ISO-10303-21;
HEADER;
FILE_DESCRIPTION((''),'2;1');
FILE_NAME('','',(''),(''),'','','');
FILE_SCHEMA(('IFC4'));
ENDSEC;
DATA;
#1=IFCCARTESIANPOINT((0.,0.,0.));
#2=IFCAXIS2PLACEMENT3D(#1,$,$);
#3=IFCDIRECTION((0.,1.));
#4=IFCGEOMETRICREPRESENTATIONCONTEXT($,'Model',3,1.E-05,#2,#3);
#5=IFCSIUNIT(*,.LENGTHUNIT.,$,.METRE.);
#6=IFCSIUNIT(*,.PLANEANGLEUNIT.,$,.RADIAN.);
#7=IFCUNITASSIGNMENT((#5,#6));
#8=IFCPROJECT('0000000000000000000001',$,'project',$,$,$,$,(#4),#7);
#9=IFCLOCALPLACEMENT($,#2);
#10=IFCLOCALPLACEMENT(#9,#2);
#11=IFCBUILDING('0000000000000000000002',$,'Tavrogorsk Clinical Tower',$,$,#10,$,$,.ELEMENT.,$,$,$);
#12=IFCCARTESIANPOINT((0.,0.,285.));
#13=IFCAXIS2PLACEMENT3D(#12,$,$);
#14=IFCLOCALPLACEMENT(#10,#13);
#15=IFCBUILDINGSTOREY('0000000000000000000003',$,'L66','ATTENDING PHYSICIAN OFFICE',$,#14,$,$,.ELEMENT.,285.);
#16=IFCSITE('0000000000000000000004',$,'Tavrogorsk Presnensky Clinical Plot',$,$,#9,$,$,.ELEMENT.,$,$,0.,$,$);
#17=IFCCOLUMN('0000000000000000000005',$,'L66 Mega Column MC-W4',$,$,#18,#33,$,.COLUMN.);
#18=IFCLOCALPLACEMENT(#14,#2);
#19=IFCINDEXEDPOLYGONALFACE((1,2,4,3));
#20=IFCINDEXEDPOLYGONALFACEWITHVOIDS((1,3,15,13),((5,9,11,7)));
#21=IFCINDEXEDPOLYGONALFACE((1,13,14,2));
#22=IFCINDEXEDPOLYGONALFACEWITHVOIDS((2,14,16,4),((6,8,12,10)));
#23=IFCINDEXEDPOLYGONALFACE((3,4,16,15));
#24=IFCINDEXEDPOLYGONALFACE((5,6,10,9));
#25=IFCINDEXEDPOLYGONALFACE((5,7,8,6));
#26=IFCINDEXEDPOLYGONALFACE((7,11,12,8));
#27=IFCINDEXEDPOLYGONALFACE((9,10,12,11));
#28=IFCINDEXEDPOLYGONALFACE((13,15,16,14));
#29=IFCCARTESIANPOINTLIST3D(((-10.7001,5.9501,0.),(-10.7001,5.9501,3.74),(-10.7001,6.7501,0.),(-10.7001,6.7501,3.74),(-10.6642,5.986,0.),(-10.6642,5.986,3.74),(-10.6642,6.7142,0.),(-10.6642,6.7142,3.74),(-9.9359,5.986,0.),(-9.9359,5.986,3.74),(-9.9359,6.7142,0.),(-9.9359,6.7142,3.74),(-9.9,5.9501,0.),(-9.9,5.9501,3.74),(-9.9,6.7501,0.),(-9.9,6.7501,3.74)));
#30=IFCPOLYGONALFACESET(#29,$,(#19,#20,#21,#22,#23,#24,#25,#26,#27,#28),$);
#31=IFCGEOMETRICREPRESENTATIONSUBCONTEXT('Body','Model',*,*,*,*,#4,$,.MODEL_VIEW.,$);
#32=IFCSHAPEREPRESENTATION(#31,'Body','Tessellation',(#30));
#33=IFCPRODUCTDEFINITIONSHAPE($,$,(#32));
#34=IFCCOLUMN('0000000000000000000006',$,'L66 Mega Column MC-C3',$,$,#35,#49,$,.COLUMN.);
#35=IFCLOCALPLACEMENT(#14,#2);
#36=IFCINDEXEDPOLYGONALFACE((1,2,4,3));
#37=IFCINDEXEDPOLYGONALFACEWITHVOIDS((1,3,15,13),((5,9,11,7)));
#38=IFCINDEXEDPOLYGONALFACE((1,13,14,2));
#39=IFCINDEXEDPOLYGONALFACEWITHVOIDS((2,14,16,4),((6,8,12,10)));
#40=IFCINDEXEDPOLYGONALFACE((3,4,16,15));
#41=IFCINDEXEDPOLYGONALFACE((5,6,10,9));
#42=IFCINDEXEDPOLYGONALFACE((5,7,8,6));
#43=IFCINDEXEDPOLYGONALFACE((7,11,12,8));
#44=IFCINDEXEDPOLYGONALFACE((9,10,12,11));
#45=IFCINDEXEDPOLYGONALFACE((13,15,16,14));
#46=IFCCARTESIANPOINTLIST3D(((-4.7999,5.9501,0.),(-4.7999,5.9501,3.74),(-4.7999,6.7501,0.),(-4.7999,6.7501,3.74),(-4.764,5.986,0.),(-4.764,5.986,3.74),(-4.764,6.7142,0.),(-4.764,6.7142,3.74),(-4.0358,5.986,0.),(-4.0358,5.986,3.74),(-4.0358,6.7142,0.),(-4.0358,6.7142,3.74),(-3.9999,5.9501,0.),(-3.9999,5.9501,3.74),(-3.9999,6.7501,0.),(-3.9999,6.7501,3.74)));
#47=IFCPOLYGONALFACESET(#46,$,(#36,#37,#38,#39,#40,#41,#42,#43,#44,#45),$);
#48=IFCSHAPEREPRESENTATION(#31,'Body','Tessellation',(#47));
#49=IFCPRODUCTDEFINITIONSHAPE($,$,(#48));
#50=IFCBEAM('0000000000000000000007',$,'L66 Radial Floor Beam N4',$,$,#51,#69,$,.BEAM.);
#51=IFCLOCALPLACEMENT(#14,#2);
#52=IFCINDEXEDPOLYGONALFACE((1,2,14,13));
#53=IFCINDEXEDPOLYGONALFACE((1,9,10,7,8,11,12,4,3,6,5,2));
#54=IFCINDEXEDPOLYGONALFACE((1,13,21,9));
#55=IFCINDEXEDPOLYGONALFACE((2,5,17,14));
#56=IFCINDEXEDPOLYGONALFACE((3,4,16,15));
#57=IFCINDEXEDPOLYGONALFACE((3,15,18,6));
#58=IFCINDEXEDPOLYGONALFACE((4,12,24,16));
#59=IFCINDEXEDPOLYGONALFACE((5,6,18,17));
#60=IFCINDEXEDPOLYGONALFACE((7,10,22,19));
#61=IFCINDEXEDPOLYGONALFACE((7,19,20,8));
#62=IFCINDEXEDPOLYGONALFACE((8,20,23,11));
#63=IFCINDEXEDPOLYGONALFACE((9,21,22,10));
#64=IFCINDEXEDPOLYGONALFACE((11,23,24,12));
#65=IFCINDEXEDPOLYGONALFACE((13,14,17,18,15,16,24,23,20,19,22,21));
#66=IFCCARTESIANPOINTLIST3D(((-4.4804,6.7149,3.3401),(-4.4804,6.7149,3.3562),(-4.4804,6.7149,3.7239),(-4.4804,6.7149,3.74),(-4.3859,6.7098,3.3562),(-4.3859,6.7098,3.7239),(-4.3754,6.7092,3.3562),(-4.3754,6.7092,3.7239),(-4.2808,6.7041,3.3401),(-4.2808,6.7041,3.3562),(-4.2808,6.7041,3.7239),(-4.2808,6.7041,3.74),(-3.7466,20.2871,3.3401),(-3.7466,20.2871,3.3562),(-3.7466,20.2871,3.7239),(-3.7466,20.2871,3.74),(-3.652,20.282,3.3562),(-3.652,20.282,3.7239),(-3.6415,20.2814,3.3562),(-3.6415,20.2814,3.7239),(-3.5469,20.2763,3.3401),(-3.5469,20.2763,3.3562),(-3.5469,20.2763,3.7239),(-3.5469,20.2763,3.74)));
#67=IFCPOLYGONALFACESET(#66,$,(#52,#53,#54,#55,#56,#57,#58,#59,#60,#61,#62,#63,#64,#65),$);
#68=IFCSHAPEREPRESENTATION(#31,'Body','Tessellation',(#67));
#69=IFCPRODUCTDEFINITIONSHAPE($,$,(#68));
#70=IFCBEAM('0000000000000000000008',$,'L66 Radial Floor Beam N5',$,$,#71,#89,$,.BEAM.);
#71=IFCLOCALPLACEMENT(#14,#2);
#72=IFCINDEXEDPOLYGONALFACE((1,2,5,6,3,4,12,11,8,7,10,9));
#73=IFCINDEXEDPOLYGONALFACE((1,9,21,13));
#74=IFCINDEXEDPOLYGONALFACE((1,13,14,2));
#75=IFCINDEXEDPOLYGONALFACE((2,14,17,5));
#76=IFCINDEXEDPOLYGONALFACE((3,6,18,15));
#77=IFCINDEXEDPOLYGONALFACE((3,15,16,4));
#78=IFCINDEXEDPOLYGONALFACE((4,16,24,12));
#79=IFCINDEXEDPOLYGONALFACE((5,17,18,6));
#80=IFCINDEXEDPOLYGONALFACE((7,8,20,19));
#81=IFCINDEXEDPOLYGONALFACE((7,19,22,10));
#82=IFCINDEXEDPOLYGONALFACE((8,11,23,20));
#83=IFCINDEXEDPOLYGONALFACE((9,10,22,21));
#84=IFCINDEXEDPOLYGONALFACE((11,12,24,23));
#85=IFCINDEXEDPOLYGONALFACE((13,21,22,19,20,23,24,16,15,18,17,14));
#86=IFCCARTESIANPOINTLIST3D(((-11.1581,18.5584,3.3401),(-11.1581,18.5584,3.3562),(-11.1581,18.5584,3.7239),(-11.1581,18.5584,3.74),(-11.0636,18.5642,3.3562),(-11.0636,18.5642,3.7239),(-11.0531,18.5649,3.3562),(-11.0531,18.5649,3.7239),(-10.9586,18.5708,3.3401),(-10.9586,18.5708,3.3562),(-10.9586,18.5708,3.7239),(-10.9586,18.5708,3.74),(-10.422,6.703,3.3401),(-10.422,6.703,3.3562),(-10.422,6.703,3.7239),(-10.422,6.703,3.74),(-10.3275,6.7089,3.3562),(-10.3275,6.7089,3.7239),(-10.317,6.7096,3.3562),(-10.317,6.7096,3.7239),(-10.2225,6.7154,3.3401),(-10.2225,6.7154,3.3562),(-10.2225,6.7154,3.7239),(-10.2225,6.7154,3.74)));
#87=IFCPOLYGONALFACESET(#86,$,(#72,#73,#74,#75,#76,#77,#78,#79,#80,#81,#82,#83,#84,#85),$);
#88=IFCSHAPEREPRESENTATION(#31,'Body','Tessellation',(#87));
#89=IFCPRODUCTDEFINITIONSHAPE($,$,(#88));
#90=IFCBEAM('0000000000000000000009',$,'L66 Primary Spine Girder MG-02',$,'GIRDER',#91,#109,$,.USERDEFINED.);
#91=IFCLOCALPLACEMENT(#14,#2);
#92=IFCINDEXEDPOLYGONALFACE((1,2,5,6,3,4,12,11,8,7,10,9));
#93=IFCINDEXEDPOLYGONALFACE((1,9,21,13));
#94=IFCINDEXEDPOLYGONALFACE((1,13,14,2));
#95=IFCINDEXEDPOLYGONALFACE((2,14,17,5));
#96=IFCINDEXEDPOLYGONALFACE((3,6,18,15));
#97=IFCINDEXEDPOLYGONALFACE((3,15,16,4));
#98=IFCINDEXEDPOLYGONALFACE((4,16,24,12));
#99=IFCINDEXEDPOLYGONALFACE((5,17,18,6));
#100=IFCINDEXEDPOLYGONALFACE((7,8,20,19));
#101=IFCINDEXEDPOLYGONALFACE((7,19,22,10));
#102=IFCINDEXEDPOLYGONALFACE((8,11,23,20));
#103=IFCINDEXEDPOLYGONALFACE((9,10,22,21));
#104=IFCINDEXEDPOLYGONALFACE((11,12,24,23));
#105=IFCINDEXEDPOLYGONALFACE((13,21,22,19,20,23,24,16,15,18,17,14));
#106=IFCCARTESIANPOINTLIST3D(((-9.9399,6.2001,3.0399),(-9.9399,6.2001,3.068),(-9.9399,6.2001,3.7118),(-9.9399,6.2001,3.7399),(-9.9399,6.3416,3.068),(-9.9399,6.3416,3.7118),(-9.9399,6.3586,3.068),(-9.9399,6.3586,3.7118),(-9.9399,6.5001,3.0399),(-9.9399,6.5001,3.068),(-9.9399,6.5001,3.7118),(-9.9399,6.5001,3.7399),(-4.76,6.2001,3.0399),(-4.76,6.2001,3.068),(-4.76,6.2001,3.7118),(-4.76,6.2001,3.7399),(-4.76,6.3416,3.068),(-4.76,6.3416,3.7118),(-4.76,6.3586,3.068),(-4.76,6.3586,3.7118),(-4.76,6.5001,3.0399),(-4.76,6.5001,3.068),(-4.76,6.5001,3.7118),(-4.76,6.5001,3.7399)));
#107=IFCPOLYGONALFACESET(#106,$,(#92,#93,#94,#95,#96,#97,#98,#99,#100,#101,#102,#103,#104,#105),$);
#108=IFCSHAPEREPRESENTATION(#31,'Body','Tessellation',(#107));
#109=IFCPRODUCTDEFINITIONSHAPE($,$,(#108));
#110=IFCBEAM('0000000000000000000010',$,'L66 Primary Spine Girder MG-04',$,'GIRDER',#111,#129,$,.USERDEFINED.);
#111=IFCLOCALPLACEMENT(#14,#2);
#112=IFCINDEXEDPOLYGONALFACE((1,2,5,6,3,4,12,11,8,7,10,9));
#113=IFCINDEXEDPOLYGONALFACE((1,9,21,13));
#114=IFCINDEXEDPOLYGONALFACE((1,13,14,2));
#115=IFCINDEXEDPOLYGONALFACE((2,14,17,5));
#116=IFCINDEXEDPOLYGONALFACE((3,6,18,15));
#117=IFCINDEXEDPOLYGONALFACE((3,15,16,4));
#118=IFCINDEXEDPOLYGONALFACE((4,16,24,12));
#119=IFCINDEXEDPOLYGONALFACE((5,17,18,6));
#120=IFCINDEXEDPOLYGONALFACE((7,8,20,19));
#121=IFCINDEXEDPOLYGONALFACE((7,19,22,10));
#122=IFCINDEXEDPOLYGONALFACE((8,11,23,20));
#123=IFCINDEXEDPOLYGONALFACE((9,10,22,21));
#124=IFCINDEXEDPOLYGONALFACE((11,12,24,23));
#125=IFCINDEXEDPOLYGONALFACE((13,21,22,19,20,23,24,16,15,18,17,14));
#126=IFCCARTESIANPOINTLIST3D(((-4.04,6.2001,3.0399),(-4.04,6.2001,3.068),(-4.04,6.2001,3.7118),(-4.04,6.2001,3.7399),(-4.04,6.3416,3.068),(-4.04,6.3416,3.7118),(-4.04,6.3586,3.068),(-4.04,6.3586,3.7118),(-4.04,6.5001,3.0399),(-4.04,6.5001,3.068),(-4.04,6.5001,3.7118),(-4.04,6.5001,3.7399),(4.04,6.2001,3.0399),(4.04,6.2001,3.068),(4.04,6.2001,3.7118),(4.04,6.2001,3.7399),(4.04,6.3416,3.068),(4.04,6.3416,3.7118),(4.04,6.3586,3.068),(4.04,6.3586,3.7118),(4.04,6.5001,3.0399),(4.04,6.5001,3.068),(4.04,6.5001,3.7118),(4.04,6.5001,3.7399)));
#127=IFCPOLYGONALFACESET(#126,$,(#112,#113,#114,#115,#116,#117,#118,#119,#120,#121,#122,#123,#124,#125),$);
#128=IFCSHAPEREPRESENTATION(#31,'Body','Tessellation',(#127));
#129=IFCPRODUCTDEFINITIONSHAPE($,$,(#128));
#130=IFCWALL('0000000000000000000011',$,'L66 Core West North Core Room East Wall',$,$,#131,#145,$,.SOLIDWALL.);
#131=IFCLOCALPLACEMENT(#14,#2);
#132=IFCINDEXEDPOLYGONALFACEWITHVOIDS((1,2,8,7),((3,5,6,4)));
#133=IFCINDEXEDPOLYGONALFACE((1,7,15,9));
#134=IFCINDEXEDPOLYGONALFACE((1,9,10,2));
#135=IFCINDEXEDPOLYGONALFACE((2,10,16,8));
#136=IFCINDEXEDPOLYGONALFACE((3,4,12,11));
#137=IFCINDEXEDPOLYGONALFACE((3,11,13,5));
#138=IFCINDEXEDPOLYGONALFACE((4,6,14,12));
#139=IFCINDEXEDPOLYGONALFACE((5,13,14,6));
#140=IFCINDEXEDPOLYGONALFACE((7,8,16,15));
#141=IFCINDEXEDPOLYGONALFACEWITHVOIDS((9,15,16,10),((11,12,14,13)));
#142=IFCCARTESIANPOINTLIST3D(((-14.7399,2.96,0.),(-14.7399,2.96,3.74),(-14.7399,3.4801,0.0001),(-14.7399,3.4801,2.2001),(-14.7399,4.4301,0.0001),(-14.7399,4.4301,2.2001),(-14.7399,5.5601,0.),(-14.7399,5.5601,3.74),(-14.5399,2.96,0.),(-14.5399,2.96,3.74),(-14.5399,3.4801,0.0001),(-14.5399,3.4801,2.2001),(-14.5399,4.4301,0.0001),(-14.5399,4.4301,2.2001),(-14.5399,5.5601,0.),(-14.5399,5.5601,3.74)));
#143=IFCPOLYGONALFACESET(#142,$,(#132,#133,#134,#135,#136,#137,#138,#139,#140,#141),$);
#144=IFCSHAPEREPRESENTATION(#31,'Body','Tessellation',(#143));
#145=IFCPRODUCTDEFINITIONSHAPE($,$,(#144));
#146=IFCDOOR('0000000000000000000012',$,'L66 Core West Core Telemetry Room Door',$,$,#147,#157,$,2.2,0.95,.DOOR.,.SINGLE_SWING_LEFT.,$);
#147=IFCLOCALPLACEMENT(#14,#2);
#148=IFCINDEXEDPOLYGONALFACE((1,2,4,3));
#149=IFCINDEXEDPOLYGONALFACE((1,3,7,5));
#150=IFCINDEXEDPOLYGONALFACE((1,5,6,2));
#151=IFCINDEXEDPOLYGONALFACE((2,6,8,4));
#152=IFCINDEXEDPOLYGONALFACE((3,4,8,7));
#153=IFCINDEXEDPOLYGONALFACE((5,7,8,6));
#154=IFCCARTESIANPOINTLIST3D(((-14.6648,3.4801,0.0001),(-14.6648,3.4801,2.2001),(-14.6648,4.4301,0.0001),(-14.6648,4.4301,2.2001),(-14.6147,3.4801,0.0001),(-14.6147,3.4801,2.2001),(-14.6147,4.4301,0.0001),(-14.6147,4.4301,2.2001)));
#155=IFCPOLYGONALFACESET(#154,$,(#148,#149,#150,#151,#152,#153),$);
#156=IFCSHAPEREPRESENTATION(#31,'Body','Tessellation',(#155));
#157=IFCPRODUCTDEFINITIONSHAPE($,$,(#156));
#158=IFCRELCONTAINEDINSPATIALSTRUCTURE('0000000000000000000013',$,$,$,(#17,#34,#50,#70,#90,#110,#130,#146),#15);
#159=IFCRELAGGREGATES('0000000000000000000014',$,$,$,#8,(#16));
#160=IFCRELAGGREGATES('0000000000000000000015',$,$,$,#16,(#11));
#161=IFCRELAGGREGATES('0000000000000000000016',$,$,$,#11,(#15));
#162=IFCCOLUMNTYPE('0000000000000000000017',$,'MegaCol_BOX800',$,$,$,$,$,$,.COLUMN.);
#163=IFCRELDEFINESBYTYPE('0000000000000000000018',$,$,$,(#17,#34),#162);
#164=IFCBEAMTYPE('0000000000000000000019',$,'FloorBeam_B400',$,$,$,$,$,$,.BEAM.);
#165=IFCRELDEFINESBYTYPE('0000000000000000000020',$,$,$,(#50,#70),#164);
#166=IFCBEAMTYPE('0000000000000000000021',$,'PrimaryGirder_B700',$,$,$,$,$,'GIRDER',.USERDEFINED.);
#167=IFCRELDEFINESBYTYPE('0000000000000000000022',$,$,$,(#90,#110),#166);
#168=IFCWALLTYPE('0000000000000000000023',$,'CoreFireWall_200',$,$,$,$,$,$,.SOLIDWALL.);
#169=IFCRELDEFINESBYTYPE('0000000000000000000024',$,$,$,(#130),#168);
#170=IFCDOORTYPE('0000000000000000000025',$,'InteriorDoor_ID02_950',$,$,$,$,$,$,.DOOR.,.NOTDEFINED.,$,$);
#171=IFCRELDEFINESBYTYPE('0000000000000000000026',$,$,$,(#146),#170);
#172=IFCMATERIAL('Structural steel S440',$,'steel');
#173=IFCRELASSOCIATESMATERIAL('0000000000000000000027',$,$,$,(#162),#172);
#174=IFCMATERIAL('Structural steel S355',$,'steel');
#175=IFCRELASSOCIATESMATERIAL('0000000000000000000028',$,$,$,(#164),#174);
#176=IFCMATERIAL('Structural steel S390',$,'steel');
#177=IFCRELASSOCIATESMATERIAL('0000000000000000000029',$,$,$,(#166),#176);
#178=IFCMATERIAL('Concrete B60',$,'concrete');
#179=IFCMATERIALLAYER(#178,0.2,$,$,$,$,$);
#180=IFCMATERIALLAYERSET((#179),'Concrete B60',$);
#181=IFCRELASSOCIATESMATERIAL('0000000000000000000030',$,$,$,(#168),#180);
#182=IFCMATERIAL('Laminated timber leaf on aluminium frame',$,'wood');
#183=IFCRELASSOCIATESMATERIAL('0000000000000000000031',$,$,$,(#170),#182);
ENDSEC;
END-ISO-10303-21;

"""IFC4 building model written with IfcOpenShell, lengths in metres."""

from ifc_helpers import new_model, si_unit, direction, frame, frame_2d, origin, origin_2d, place, context, subcontext, project, spatial, rectangle, hollow_rectangle, i_section, extrude, material, layer, layer_set, material_profile, profile_set, type_object, element, fill, save


model = new_model("IFC4")

# Units and contexts
model_context = context("Model", 3, precision=1e-05, world=origin(), true_north=direction((0.0, 1.0)))
body_context = subcontext(model_context, "Body", "Model", "MODEL_VIEW")
ifc_project = project(units=[si_unit("LENGTHUNIT", "METRE"), si_unit("PLANEANGLEUNIT", "RADIAN")], contexts=[model_context])

# Site, building, storey
site_placement = place(None, origin())
site = spatial("IfcSite", under=ifc_project, at=site_placement, Name="Tavrogorsk Presnensky Clinical Plot", CompositionType="ELEMENT", RefElevation=0.0)
building_placement = place(site_placement, origin())
building = spatial("IfcBuilding", under=site, at=building_placement, Name="Tavrogorsk Clinical Tower", CompositionType="ELEMENT")
storey_placement = place(building_placement, frame((0.0, 0.0, 285.0)))
storey = spatial("IfcBuildingStorey", under=building, at=storey_placement, Name="L66", Description="ATTENDING PHYSICIAN OFFICE", CompositionType="ELEMENT", Elevation=285.0)

# Columns
ifc_material_1 = material(Name="Structural steel S440", Category="steel")
ifc_material_profile_1 = material_profile(ifc_material_1, hollow_rectangle(XDim=0.8, YDim=0.8, WallThickness=0.0359, at=origin_2d()), Name="BOX-800x800x36")
ifc_profile_set_1 = profile_set([ifc_material_profile_1], Name="Structural steel S440")
column_type = type_object("IfcColumnType", Name="MegaCol_BOX800", PredefinedType="COLUMN", material=ifc_profile_set_1)
for number, where, z_axis, x_axis, name in (
    (1, (-10.3, 6.3501, 0.0), (0.0, 0.0, 1.0), (1.0, 0.0, 0.0), "L66 Mega Column MC-W4"),
    (2, (-4.3999, 6.3501, 0.0), (0.0, 0.0, 1.0), (1.0, 0.0, 0.0), "L66 Mega Column MC-C3"),
):
    element("IfcColumn", number, at=place(storey_placement, frame(where, z_axis=z_axis, x_axis=x_axis)), inside=storey, type_object=column_type, Name=name, PredefinedType="COLUMN", context=body_context, shape_type="SweptSolid", body=[
        extrude(hollow_rectangle(XDim=0.8, YDim=0.8, WallThickness=0.0359, at=origin_2d()), origin(), (0.0, 0.0, 1.0), 3.74),
    ])

# Beams
ifc_material_2 = material(Name="Structural steel S355", Category="steel")
ifc_material_profile_2 = material_profile(ifc_material_2, i_section(OverallWidth=0.2, OverallDepth=0.3999, WebThickness=0.0105, FlangeThickness=0.0161, at=origin_2d()), Name="B-400x200x10.5x16")
ifc_profile_set_2 = profile_set([ifc_material_profile_2], Name="Structural steel S355")
beam_type_1 = type_object("IfcBeamType", Name="FloorBeam_B400", PredefinedType="BEAM", material=ifc_profile_set_2)
beam_1_placement = place(storey_placement, frame((-4.3806, 6.7095, 3.54), z_axis=(0.053994, 0.998541, 0.0), x_axis=(-0.998541, 0.053994, 0.0)))
element("IfcBeam", 3, at=beam_1_placement, inside=storey, type_object=beam_type_1, Name="L66 Radial Floor Beam N4", PredefinedType="BEAM", context=body_context, shape_type="SweptSolid", body=[
    extrude(i_section(OverallWidth=0.2, OverallDepth=0.3999, WebThickness=0.0105, FlangeThickness=0.0161, at=origin_2d()), origin(), (0.0, 0.0, 1.0), 13.592),
])
beam_2_placement = place(storey_placement, frame((-10.3223, 6.7092, 3.54), z_axis=(-0.06197, 0.998078, 0.0), x_axis=(-0.998078, -0.06197, 0.0)))
element("IfcBeam", 4, at=beam_2_placement, inside=storey, type_object=beam_type_1, Name="L66 Radial Floor Beam N5", PredefinedType="BEAM", context=body_context, shape_type="SweptSolid", body=[
    extrude(i_section(OverallWidth=0.2, OverallDepth=0.3999, WebThickness=0.0105, FlangeThickness=0.0161, at=origin_2d()), origin(), (0.0, 0.0, 1.0), 11.8782),
])
ifc_material_3 = material(Name="Structural steel S390", Category="steel")
ifc_material_profile_3 = material_profile(ifc_material_3, i_section(OverallWidth=0.3, OverallDepth=0.7, WebThickness=0.0171, FlangeThickness=0.0281, at=origin_2d()), Name="B-700x300x17x28")
ifc_profile_set_3 = profile_set([ifc_material_profile_3], Name="Structural steel S390")
beam_type_2 = type_object("IfcBeamType", Name="PrimaryGirder_B700", ElementType="GIRDER", PredefinedType="USERDEFINED", material=ifc_profile_set_3)
beam_3_placement = place(storey_placement, frame((-9.9399, 6.3501, 3.3899), z_axis=(1.0, 0.0, 0.0), x_axis=(0.0, 1.0, 0.0)))
element("IfcBeam", 5, at=beam_3_placement, inside=storey, type_object=beam_type_2, Name="L66 Primary Spine Girder MG-02", ObjectType="GIRDER", PredefinedType="USERDEFINED", context=body_context, shape_type="SweptSolid", body=[
    extrude(i_section(OverallWidth=0.3, OverallDepth=0.7, WebThickness=0.0171, FlangeThickness=0.0281, at=origin_2d()), origin(), (0.0, 0.0, 1.0), 5.1799),
])
beam_4_placement = place(storey_placement, frame((-4.04, 6.3501, 3.3899), z_axis=(1.0, 0.0, 0.0), x_axis=(0.0, 1.0, 0.0)))
element("IfcBeam", 6, at=beam_4_placement, inside=storey, type_object=beam_type_2, Name="L66 Primary Spine Girder MG-04", ObjectType="GIRDER", PredefinedType="USERDEFINED", context=body_context, shape_type="SweptSolid", body=[
    extrude(i_section(OverallWidth=0.3, OverallDepth=0.7, WebThickness=0.0171, FlangeThickness=0.0281, at=origin_2d()), origin(), (0.0, 0.0, 1.0), 8.0801),
])

# Wall, opening, door
ifc_material_4 = material(Name="Concrete B60", Category="concrete")
ifc_layer_1 = layer(ifc_material_4, 0.2)
ifc_layer_set_1 = layer_set([ifc_layer_1], Name="Concrete B60")
wall_type_1 = type_object("IfcWallType", Name="CoreFireWall_200", PredefinedType="SOLIDWALL", material=ifc_layer_set_1)
wall_1_placement = place(storey_placement, frame((-14.6399, 2.96, 0.0), z_axis=(0.0, 0.0, 1.0), x_axis=(0.0, 1.0, 0.0)))
wall_1 = element("IfcWall", 7, at=wall_1_placement, inside=storey, type_object=wall_type_1, Name="L66 Core West North Core Room East Wall", PredefinedType="SOLIDWALL", context=body_context, shape_type="SweptSolid", body=[
    extrude(rectangle(XDim=2.6001, YDim=0.2, at=frame_2d((1.3, 0.0))), origin(), (0.0, 0.0, 1.0), 3.74),
])
opening_1_placement = place(wall_1_placement, frame((0.52, 0.0, 0.0)))
opening_1 = element("IfcOpeningElement", 8, at=opening_1_placement, cuts=wall_1, PredefinedType="OPENING", context=body_context, shape_type="SweptSolid", body=[
    extrude(rectangle(XDim=0.95, YDim=2.2, at=frame_2d((0.4751, 1.1001))), frame((0.0, 0.1099, 0.0), z_axis=(0.0, -1.0, 0.0), x_axis=(1.0, 0.0, 0.0)), (0.0, 0.0, 1.0), 0.22),
])
ifc_material_5 = material(Name="Laminated timber leaf on aluminium frame", Category="wood")
door_type_1 = type_object("IfcDoorType", Name="InteriorDoor_ID02_950", OperationType="NOTDEFINED", PredefinedType="DOOR", material=ifc_material_5)
door_1_placement = place(opening_1_placement, origin())
door_1 = element("IfcDoor", 9, at=door_1_placement, inside=storey, type_object=door_type_1, Name="L66 Core West Core Telemetry Room Door", OperationType="SINGLE_SWING_LEFT", OverallHeight=2.2, OverallWidth=0.95, PredefinedType="DOOR", context=body_context, shape_type="SweptSolid", body=[
    extrude(rectangle(XDim=0.95, YDim=2.2, at=frame_2d((0.4751, 1.1001))), frame((0.0, 0.0249, 0.0), z_axis=(0.0, -1.0, 0.0), x_axis=(1.0, 0.0, 0.0)), (0.0, 0.0, 1.0), 0.05),
])
fill(opening_1, door_1)

save(model, "model.ifc")
